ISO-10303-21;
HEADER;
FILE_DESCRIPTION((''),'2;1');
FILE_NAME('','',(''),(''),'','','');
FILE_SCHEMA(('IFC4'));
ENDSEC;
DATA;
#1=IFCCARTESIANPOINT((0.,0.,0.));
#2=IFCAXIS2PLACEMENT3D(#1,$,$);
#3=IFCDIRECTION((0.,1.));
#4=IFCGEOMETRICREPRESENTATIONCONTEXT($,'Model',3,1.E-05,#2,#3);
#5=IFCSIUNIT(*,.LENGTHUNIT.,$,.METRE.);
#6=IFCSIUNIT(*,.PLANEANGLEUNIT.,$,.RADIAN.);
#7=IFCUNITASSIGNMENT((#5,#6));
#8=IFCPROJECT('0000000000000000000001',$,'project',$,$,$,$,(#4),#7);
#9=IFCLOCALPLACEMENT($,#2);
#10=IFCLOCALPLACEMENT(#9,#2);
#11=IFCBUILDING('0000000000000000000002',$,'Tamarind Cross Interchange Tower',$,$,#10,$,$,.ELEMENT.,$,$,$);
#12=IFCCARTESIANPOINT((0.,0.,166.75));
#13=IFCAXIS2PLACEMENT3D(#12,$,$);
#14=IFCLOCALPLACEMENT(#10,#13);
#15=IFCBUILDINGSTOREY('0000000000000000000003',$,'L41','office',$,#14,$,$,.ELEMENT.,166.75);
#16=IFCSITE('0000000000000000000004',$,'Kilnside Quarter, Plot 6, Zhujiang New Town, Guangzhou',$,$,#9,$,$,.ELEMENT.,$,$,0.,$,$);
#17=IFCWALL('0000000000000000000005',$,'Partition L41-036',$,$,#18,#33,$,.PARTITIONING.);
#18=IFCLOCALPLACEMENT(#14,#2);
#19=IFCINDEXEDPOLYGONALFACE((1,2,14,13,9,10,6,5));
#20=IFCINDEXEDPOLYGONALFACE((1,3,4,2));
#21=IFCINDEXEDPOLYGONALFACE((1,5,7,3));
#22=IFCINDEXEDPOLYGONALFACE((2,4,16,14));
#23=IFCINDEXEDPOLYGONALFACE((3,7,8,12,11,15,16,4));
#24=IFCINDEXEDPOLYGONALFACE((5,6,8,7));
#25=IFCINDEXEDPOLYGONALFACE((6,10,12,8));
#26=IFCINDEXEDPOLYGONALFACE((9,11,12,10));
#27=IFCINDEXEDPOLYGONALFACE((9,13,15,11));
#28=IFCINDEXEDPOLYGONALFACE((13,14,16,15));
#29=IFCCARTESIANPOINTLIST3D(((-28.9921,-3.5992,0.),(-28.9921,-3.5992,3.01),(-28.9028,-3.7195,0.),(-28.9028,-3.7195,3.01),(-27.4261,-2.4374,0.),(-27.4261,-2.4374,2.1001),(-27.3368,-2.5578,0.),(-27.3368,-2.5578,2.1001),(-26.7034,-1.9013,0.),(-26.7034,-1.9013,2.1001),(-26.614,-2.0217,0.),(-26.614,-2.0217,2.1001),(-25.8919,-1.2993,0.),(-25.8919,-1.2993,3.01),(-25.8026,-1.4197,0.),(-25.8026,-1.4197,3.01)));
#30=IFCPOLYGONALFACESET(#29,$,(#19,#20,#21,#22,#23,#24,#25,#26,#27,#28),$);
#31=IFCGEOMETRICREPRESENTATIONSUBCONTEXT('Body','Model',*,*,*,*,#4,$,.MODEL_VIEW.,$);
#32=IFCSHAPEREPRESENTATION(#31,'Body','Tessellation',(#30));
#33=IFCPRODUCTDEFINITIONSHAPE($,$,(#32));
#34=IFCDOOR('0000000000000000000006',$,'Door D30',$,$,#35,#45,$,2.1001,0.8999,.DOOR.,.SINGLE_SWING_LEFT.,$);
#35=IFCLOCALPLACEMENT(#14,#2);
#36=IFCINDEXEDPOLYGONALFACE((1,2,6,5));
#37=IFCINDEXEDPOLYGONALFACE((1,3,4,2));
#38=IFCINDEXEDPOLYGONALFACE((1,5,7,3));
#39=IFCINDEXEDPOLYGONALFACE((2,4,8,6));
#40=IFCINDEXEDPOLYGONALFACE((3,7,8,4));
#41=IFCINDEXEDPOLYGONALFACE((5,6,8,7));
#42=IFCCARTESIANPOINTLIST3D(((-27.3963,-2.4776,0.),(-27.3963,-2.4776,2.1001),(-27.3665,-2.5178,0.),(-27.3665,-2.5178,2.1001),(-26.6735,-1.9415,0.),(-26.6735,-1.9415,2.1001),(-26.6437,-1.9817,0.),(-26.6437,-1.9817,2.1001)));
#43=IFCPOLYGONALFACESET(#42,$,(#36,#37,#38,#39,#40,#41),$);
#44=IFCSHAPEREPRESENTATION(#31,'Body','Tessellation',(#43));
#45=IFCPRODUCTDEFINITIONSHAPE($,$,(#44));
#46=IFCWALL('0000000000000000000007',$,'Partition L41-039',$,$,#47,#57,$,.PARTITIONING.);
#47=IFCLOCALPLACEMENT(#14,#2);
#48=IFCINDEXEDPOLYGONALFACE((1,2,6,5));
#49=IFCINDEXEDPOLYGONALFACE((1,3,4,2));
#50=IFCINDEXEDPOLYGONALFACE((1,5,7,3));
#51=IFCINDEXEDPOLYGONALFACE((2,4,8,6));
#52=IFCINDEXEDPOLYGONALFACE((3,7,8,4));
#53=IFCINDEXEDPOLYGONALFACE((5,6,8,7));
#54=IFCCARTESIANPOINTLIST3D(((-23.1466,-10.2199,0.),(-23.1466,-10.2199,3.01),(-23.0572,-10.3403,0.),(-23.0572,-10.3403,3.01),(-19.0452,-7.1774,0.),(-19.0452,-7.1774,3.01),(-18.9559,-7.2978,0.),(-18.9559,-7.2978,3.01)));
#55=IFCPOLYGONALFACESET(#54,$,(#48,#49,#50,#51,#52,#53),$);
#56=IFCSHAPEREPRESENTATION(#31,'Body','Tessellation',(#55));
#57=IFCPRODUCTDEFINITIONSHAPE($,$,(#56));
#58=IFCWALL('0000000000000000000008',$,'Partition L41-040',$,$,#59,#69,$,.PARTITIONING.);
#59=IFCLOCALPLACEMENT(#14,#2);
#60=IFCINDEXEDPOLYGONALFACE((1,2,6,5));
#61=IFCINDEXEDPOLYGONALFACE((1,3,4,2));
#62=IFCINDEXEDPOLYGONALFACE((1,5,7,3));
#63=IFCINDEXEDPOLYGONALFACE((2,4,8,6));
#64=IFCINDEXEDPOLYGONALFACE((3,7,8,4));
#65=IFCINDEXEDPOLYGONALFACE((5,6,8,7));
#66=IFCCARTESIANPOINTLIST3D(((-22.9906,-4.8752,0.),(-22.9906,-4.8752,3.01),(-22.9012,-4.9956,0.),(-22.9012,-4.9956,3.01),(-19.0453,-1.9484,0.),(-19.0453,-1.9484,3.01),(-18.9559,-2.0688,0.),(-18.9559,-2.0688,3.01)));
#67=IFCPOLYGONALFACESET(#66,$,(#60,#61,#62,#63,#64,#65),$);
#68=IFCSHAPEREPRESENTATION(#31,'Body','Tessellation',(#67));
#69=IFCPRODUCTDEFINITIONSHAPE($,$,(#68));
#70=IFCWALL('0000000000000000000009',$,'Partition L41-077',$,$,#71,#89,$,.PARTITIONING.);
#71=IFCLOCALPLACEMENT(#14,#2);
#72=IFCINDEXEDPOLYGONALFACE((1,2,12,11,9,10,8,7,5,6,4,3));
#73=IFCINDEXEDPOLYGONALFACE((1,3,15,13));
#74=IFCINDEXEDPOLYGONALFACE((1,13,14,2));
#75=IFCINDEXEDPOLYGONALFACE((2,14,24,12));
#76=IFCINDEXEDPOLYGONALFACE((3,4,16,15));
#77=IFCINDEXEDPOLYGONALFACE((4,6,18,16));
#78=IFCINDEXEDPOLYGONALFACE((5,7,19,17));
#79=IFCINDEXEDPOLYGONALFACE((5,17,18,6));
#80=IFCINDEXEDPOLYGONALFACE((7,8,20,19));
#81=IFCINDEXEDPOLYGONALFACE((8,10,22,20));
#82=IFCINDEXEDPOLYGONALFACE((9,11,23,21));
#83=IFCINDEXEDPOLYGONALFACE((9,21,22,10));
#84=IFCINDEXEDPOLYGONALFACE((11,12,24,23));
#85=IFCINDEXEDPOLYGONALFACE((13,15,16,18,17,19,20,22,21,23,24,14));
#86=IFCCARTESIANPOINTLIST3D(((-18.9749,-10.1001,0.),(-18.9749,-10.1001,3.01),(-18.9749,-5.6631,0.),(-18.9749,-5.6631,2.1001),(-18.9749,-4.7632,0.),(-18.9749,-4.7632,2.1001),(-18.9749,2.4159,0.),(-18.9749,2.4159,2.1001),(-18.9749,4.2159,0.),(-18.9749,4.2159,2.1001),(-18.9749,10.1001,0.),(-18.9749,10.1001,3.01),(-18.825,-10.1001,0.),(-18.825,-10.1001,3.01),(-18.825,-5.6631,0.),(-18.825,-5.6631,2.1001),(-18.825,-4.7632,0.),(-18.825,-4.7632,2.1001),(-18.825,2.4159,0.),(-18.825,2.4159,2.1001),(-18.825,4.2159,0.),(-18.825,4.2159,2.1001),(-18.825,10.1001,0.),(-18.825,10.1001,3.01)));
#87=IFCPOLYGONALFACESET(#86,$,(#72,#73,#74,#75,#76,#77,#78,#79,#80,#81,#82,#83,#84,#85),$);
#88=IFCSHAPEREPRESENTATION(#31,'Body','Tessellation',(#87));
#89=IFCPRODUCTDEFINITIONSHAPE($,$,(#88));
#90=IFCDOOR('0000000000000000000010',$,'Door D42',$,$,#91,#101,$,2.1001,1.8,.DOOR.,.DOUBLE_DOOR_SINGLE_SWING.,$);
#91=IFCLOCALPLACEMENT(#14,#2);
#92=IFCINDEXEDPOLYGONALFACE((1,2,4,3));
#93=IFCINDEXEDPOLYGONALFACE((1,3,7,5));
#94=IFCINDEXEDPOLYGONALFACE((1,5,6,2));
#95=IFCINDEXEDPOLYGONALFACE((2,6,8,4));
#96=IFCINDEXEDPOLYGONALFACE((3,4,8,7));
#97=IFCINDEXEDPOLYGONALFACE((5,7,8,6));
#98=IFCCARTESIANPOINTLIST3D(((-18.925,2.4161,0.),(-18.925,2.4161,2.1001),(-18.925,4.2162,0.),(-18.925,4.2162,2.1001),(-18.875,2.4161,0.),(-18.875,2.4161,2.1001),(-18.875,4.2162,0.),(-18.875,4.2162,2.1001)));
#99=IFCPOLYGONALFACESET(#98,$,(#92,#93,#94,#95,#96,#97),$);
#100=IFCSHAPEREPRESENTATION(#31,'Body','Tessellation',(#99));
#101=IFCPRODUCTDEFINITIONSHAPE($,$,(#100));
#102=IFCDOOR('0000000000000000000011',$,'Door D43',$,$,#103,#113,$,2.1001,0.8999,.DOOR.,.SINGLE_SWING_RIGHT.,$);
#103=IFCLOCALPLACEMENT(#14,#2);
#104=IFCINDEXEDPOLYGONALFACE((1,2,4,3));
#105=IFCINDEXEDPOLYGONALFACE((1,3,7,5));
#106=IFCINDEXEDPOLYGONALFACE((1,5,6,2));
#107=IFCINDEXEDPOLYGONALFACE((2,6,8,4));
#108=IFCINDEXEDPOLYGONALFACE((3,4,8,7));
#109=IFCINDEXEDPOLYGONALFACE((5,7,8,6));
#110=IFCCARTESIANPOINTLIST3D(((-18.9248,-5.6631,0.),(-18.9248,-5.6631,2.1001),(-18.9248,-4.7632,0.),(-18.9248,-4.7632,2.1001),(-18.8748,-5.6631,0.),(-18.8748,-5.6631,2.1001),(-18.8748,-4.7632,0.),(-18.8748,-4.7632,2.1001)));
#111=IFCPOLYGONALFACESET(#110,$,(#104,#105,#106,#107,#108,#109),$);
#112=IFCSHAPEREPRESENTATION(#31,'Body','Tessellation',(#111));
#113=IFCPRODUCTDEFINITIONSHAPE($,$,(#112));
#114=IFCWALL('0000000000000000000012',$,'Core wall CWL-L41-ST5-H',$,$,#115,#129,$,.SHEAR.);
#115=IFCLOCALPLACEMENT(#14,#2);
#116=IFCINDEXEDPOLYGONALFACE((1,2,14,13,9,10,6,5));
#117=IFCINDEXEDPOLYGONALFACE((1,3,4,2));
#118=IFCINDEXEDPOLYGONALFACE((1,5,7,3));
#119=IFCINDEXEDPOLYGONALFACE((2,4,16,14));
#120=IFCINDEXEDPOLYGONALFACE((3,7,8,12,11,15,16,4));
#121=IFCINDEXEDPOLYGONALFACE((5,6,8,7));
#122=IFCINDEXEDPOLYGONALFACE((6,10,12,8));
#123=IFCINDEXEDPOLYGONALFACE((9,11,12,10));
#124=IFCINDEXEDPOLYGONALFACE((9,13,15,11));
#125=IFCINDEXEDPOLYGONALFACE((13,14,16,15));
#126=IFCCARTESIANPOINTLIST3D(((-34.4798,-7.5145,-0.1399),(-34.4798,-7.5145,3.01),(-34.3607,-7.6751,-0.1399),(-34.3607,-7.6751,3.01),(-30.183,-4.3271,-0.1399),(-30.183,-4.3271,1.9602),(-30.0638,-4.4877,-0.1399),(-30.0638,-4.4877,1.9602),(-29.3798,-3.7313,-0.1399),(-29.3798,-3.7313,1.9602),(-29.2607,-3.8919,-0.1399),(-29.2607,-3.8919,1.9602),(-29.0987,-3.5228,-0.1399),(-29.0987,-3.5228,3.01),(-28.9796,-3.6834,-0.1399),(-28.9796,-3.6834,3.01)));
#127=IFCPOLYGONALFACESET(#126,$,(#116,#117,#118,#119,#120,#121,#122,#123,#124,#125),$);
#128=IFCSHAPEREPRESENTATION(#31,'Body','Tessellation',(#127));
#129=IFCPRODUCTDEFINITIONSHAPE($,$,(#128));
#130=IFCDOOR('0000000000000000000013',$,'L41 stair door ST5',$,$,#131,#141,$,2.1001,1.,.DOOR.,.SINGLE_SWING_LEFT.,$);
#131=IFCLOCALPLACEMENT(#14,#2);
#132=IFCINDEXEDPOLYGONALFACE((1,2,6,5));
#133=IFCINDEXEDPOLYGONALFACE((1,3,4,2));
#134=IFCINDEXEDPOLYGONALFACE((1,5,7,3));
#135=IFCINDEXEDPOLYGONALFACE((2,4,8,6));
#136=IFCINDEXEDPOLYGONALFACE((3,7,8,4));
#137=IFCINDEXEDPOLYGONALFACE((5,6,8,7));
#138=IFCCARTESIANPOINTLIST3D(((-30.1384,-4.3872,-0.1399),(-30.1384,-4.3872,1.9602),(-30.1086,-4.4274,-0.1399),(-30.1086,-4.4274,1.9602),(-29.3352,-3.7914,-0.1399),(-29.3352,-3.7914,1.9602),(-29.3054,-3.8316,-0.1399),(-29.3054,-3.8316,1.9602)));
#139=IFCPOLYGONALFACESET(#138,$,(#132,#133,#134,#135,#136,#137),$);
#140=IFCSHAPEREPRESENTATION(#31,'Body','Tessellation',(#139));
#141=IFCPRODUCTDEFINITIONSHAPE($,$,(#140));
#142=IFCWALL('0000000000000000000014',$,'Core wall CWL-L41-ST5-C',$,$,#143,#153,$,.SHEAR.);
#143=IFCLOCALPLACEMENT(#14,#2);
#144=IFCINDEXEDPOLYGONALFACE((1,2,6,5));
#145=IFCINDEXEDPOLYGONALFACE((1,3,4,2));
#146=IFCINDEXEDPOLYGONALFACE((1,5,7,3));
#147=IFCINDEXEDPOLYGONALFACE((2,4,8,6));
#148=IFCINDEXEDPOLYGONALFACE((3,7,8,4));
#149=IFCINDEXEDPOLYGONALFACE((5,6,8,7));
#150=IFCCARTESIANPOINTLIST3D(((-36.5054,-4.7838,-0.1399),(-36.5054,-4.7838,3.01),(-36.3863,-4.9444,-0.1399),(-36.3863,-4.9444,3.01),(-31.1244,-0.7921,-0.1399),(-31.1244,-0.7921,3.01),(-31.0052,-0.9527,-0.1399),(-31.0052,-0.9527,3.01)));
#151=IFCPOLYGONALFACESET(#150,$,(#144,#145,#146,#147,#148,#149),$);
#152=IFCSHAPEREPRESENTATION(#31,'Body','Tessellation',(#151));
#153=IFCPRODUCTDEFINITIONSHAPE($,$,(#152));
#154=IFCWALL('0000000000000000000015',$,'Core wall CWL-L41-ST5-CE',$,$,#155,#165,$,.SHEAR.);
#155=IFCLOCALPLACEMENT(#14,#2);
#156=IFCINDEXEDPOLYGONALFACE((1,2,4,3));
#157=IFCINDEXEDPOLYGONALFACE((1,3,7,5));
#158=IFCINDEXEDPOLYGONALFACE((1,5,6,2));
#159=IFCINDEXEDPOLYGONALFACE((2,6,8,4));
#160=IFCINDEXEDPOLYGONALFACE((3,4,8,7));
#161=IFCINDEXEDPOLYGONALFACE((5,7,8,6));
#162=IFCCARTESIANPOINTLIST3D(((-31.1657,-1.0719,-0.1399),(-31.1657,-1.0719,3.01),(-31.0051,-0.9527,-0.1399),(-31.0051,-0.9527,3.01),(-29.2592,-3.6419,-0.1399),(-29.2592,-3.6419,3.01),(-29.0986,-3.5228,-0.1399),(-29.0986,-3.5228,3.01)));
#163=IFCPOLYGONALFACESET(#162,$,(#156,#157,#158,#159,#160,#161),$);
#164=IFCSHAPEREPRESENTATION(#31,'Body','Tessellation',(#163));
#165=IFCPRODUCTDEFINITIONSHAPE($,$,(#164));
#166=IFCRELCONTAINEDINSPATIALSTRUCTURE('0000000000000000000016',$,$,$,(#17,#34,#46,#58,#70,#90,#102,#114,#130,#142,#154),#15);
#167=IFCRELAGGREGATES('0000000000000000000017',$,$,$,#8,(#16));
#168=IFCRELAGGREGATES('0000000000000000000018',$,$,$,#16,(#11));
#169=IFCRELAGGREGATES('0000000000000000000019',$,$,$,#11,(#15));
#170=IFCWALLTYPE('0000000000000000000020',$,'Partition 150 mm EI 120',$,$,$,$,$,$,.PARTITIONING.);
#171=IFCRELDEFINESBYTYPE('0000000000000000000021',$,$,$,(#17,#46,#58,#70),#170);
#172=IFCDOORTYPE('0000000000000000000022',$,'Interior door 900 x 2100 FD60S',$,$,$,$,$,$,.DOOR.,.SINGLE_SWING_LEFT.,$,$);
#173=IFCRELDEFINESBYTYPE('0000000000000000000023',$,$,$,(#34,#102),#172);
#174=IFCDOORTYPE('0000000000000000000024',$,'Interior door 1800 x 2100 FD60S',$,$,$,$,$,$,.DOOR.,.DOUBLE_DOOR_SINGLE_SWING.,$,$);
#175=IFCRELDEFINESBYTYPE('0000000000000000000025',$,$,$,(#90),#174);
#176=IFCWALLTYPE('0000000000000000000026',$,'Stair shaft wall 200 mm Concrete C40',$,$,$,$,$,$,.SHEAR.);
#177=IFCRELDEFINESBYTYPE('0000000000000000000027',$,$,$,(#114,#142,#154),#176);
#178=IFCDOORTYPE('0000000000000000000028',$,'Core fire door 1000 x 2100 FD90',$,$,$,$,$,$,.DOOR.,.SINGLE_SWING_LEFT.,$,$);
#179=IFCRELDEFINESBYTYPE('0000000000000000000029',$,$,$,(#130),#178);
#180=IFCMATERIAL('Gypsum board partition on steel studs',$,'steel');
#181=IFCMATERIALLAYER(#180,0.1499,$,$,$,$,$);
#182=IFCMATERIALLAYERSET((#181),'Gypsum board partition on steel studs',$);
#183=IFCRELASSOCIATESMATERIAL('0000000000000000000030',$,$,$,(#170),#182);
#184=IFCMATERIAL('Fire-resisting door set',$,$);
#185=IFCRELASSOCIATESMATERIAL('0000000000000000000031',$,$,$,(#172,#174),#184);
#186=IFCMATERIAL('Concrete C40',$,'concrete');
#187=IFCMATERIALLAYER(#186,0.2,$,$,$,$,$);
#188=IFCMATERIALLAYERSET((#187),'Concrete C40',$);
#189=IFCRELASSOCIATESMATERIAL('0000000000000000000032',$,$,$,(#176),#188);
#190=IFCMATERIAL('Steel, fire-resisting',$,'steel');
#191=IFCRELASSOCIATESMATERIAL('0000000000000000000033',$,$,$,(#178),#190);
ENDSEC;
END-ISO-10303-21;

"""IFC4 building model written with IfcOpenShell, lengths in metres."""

from ifc_helpers import new_model, si_unit, direction, frame, frame_2d, origin, place, context, subcontext, project, spatial, rectangle, extrude, material, layer, layer_set, type_object, element, fill, save


model = new_model("IFC4")

# Units and contexts
model_context = context("Model", 3, precision=1e-05, world=origin(), true_north=direction((0.0, 1.0)))
body_context = subcontext(model_context, "Body", "Model", "MODEL_VIEW")
ifc_project = project(units=[si_unit("LENGTHUNIT", "METRE"), si_unit("PLANEANGLEUNIT", "RADIAN")], contexts=[model_context])

# Site, building, storey
site_placement = place(None, origin())
site = spatial("IfcSite", under=ifc_project, at=site_placement, Name="Kilnside Quarter, Plot 6, Zhujiang New Town, Guangzhou", CompositionType="ELEMENT", RefElevation=0.0)
building_placement = place(site_placement, origin())
building = spatial("IfcBuilding", under=site, at=building_placement, Name="Tamarind Cross Interchange Tower", CompositionType="ELEMENT")
storey_placement = place(building_placement, frame((0.0, 0.0, 166.75)))
storey = spatial("IfcBuildingStorey", under=building, at=storey_placement, Name="L41", Description="office", CompositionType="ELEMENT", Elevation=166.75)

# Shared definitions
ifc_material_1 = material(Name="Gypsum board partition on steel studs", Category="steel")
ifc_layer_1 = layer(ifc_material_1, 0.1499)
ifc_layer_set_1 = layer_set([ifc_layer_1], Name="Gypsum board partition on steel studs")
wall_type_1 = type_object("IfcWallType", Name="Partition 150 mm EI 120", PredefinedType="PARTITIONING", material=ifc_layer_set_1)

# Wall, opening, door
wall_1_placement = place(storey_placement, frame((-28.9475, -3.6594, 0.0), z_axis=(0.0, 0.0, 1.0), x_axis=(0.803131, 0.595802, 0.0)))
wall_1 = element("IfcWall", 1, at=wall_1_placement, inside=storey, type_object=wall_type_1, Name="Partition L41-036", PredefinedType="PARTITIONING", context=body_context, shape_type="SweptSolid", body=[
    extrude(rectangle(XDim=3.8601, YDim=0.1499, at=frame_2d((1.9302, 0.0))), origin(), (0.0, 0.0, 1.0), 3.01),
])
opening_1_placement = place(wall_1_placement, frame((1.95, 0.0, 0.0)))
opening_1 = element("IfcOpeningElement", 2, at=opening_1_placement, cuts=wall_1, PredefinedType="OPENING", context=body_context, shape_type="SweptSolid", body=[
    extrude(rectangle(XDim=0.8999, YDim=2.1001, at=frame_2d((0.45, 1.05))), frame((0.0, 0.085, 0.0), z_axis=(0.0, -1.0, 0.0), x_axis=(1.0, 0.0, 0.0)), (0.0, 0.0, 1.0), 0.1699),
])
ifc_material_2 = material(Name="Fire-resisting door set")
door_type_1 = type_object("IfcDoorType", Name="Interior door 900 x 2100 FD60S", OperationType="SINGLE_SWING_LEFT", PredefinedType="DOOR", material=ifc_material_2)
door_1_placement = place(opening_1_placement, origin())
door_1 = element("IfcDoor", 3, at=door_1_placement, inside=storey, type_object=door_type_1, Name="Door D30", OperationType="SINGLE_SWING_LEFT", OverallHeight=2.1001, OverallWidth=0.8999, PredefinedType="DOOR", context=body_context, shape_type="SweptSolid", body=[
    extrude(rectangle(XDim=0.8999, YDim=2.1001, at=frame_2d((0.45, 1.05))), frame((0.0, 0.0249, 0.0), z_axis=(0.0, -1.0, 0.0), x_axis=(1.0, 0.0, 0.0)), (0.0, 0.0, 1.0), 0.05),
])
fill(opening_1, door_1)

# Walls
wall_2_placement = place(storey_placement, frame((-23.1018, -10.28, 0.0), z_axis=(0.0, 0.0, 1.0), x_axis=(0.803139, 0.595792, 0.0)))
element("IfcWall", 4, at=wall_2_placement, inside=storey, type_object=wall_type_1, Name="Partition L41-039", PredefinedType="PARTITIONING", context=body_context, shape_type="SweptSolid", body=[
    extrude(rectangle(XDim=5.1067, YDim=0.1499, at=frame_2d((2.5532, 0.0))), origin(), (0.0, 0.0, 1.0), 3.01),
])
wall_3_placement = place(storey_placement, frame((-22.9458, -4.9353, 0.0), z_axis=(0.0, 0.0, 1.0), x_axis=(0.803138, 0.595793, 0.0)))
element("IfcWall", 5, at=wall_3_placement, inside=storey, type_object=wall_type_1, Name="Partition L41-040", PredefinedType="PARTITIONING", context=body_context, shape_type="SweptSolid", body=[
    extrude(rectangle(XDim=4.9124, YDim=0.1499, at=frame_2d((2.4561, 0.0))), origin(), (0.0, 0.0, 1.0), 3.01),
])

# Wall, openings, doors
wall_4_placement = place(storey_placement, frame((-18.8999, -10.1001, 0.0), z_axis=(0.0, 0.0, 1.0), x_axis=(0.0, 1.0, 0.0)))
wall_4 = element("IfcWall", 6, at=wall_4_placement, inside=storey, type_object=wall_type_1, Name="Partition L41-077", PredefinedType="PARTITIONING", context=body_context, shape_type="SweptSolid", body=[
    extrude(rectangle(XDim=20.2002, YDim=0.1499, at=frame_2d((10.1001, 0.0))), origin(), (0.0, 0.0, 1.0), 3.01),
])
opening_2_placement = place(wall_4_placement, frame((12.5161, 0.0, 0.0)))
opening_2 = element("IfcOpeningElement", 7, at=opening_2_placement, cuts=wall_4, PredefinedType="OPENING", context=body_context, shape_type="SweptSolid", body=[
    extrude(rectangle(XDim=1.8, YDim=2.1001, at=frame_2d((0.8999, 1.05))), frame((0.0, 0.085, 0.0), z_axis=(0.0, -1.0, 0.0), x_axis=(1.0, 0.0, 0.0)), (0.0, 0.0, 1.0), 0.1699),
])
opening_3_placement = place(wall_4_placement, frame((4.437, 0.0, 0.0)))
opening_3 = element("IfcOpeningElement", 8, at=opening_3_placement, cuts=wall_4, PredefinedType="OPENING", context=body_context, shape_type="SweptSolid", body=[
    extrude(rectangle(XDim=0.8999, YDim=2.1001, at=frame_2d((0.45, 1.05))), frame((0.0, 0.085, 0.0), z_axis=(0.0, -1.0, 0.0), x_axis=(1.0, 0.0, 0.0)), (0.0, 0.0, 1.0), 0.1699),
])
door_type_2 = type_object("IfcDoorType", Name="Interior door 1800 x 2100 FD60S", OperationType="DOUBLE_DOOR_SINGLE_SWING", PredefinedType="DOOR", material=ifc_material_2)
door_2_placement = place(opening_2_placement, frame((1.8, 0.0, 0.0), z_axis=(0.0, 0.0, 1.0), x_axis=(-1.0, 0.0, 0.0)))
door_2 = element("IfcDoor", 9, at=door_2_placement, inside=storey, type_object=door_type_2, Name="Door D42", OperationType="DOUBLE_DOOR_SINGLE_SWING", OverallHeight=2.1001, OverallWidth=1.8, PredefinedType="DOOR", context=body_context, shape_type="SweptSolid", body=[
    extrude(rectangle(XDim=1.8, YDim=2.1001, at=frame_2d((0.8999, 1.05))), frame((0.0, 0.0249, 0.0), z_axis=(0.0, -1.0, 0.0), x_axis=(1.0, 0.0, 0.0)), (0.0, 0.0, 1.0), 0.05),
])
fill(opening_2, door_2)
door_3_placement = place(opening_3_placement, origin())
door_3 = element("IfcDoor", 10, at=door_3_placement, inside=storey, type_object=door_type_1, Name="Door D43", OperationType="SINGLE_SWING_RIGHT", OverallHeight=2.1001, OverallWidth=0.8999, PredefinedType="DOOR", context=body_context, shape_type="SweptSolid", body=[
    extrude(rectangle(XDim=0.8999, YDim=2.1001, at=frame_2d((0.45, 1.05))), frame((0.0, 0.0249, 0.0), z_axis=(0.0, -1.0, 0.0), x_axis=(1.0, 0.0, 0.0)), (0.0, 0.0, 1.0), 0.05),
])
fill(opening_3, door_3)

# Wall, opening, door
ifc_material_3 = material(Name="Concrete C40", Category="concrete")
ifc_layer_2 = layer(ifc_material_3, 0.2)
ifc_layer_set_2 = layer_set([ifc_layer_2], Name="Concrete C40")
wall_type_2 = type_object("IfcWallType", Name="Stair shaft wall 200 mm Concrete C40", PredefinedType="SHEAR", material=ifc_layer_set_2)
wall_5_placement = place(storey_placement, frame((-29.0391, -3.603, -0.1399), z_axis=(0.0, 0.0, 1.0), x_axis=(-0.80315, -0.595776, 0.0)))
wall_5 = element("IfcWall", 11, at=wall_5_placement, inside=storey, type_object=wall_type_2, Name="Core wall CWL-L41-ST5-H", PredefinedType="SHEAR", context=body_context, shape_type="SweptSolid", body=[
    extrude(rectangle(XDim=6.7, YDim=0.2, at=frame_2d((3.3501, 0.0))), origin(), (0.0, 0.0, 1.0), 3.1499),
])
opening_4_placement = place(wall_5_placement, frame((0.3501, 0.0, 0.0)))
opening_4 = element("IfcOpeningElement", 12, at=opening_4_placement, cuts=wall_5, PredefinedType="OPENING", context=body_context, shape_type="SweptSolid", body=[
    extrude(rectangle(XDim=1.0, YDim=2.1001, at=frame_2d((0.5, 1.05))), frame((0.0, 0.1099, 0.0), z_axis=(0.0, -1.0, 0.0), x_axis=(1.0, 0.0, 0.0)), (0.0, 0.0, 1.0), 0.22),
])
ifc_material_4 = material(Name="Steel, fire-resisting", Category="steel")
door_type_3 = type_object("IfcDoorType", Name="Core fire door 1000 x 2100 FD90", OperationType="SINGLE_SWING_LEFT", PredefinedType="DOOR", material=ifc_material_4)
door_4_placement = place(opening_4_placement, origin())
door_4 = element("IfcDoor", 13, at=door_4_placement, inside=storey, type_object=door_type_3, Name="L41 stair door ST5", OperationType="SINGLE_SWING_LEFT", OverallHeight=2.1001, OverallWidth=1.0, PredefinedType="DOOR", context=body_context, shape_type="SweptSolid", body=[
    extrude(rectangle(XDim=1.0, YDim=2.1001, at=frame_2d((0.5, 1.05))), frame((0.0, 0.0249, 0.0), z_axis=(0.0, -1.0, 0.0), x_axis=(1.0, 0.0, 0.0)), (0.0, 0.0, 1.0), 0.05),
])
fill(opening_4, door_4)

# Walls
wall_6_placement = place(storey_placement, frame((-31.0647, -0.8723, -0.1399), z_axis=(0.0, 0.0, 1.0), x_axis=(-0.80315, -0.595776, 0.0)))
element("IfcWall", 14, at=wall_6_placement, inside=storey, type_object=wall_type_2, Name="Core wall CWL-L41-ST5-C", PredefinedType="SHEAR", context=body_context, shape_type="SweptSolid", body=[
    extrude(rectangle(XDim=6.7, YDim=0.2, at=frame_2d((3.3501, 0.0))), origin(), (0.0, 0.0, 1.0), 3.1499),
])
wall_7_placement = place(storey_placement, frame((-31.0854, -1.0122, -0.1399), z_axis=(0.0, 0.0, 1.0), x_axis=(0.59578, -0.803147, 0.0)))
element("IfcWall", 15, at=wall_7_placement, inside=storey, type_object=wall_type_2, Name="Core wall CWL-L41-ST5-CE", PredefinedType="SHEAR", context=body_context, shape_type="SweptSolid", body=[
    extrude(rectangle(XDim=3.2, YDim=0.2, at=frame_2d((1.6001, 0.0))), origin(), (0.0, 0.0, 1.0), 3.1499),
])

save(model, "model.ifc")
